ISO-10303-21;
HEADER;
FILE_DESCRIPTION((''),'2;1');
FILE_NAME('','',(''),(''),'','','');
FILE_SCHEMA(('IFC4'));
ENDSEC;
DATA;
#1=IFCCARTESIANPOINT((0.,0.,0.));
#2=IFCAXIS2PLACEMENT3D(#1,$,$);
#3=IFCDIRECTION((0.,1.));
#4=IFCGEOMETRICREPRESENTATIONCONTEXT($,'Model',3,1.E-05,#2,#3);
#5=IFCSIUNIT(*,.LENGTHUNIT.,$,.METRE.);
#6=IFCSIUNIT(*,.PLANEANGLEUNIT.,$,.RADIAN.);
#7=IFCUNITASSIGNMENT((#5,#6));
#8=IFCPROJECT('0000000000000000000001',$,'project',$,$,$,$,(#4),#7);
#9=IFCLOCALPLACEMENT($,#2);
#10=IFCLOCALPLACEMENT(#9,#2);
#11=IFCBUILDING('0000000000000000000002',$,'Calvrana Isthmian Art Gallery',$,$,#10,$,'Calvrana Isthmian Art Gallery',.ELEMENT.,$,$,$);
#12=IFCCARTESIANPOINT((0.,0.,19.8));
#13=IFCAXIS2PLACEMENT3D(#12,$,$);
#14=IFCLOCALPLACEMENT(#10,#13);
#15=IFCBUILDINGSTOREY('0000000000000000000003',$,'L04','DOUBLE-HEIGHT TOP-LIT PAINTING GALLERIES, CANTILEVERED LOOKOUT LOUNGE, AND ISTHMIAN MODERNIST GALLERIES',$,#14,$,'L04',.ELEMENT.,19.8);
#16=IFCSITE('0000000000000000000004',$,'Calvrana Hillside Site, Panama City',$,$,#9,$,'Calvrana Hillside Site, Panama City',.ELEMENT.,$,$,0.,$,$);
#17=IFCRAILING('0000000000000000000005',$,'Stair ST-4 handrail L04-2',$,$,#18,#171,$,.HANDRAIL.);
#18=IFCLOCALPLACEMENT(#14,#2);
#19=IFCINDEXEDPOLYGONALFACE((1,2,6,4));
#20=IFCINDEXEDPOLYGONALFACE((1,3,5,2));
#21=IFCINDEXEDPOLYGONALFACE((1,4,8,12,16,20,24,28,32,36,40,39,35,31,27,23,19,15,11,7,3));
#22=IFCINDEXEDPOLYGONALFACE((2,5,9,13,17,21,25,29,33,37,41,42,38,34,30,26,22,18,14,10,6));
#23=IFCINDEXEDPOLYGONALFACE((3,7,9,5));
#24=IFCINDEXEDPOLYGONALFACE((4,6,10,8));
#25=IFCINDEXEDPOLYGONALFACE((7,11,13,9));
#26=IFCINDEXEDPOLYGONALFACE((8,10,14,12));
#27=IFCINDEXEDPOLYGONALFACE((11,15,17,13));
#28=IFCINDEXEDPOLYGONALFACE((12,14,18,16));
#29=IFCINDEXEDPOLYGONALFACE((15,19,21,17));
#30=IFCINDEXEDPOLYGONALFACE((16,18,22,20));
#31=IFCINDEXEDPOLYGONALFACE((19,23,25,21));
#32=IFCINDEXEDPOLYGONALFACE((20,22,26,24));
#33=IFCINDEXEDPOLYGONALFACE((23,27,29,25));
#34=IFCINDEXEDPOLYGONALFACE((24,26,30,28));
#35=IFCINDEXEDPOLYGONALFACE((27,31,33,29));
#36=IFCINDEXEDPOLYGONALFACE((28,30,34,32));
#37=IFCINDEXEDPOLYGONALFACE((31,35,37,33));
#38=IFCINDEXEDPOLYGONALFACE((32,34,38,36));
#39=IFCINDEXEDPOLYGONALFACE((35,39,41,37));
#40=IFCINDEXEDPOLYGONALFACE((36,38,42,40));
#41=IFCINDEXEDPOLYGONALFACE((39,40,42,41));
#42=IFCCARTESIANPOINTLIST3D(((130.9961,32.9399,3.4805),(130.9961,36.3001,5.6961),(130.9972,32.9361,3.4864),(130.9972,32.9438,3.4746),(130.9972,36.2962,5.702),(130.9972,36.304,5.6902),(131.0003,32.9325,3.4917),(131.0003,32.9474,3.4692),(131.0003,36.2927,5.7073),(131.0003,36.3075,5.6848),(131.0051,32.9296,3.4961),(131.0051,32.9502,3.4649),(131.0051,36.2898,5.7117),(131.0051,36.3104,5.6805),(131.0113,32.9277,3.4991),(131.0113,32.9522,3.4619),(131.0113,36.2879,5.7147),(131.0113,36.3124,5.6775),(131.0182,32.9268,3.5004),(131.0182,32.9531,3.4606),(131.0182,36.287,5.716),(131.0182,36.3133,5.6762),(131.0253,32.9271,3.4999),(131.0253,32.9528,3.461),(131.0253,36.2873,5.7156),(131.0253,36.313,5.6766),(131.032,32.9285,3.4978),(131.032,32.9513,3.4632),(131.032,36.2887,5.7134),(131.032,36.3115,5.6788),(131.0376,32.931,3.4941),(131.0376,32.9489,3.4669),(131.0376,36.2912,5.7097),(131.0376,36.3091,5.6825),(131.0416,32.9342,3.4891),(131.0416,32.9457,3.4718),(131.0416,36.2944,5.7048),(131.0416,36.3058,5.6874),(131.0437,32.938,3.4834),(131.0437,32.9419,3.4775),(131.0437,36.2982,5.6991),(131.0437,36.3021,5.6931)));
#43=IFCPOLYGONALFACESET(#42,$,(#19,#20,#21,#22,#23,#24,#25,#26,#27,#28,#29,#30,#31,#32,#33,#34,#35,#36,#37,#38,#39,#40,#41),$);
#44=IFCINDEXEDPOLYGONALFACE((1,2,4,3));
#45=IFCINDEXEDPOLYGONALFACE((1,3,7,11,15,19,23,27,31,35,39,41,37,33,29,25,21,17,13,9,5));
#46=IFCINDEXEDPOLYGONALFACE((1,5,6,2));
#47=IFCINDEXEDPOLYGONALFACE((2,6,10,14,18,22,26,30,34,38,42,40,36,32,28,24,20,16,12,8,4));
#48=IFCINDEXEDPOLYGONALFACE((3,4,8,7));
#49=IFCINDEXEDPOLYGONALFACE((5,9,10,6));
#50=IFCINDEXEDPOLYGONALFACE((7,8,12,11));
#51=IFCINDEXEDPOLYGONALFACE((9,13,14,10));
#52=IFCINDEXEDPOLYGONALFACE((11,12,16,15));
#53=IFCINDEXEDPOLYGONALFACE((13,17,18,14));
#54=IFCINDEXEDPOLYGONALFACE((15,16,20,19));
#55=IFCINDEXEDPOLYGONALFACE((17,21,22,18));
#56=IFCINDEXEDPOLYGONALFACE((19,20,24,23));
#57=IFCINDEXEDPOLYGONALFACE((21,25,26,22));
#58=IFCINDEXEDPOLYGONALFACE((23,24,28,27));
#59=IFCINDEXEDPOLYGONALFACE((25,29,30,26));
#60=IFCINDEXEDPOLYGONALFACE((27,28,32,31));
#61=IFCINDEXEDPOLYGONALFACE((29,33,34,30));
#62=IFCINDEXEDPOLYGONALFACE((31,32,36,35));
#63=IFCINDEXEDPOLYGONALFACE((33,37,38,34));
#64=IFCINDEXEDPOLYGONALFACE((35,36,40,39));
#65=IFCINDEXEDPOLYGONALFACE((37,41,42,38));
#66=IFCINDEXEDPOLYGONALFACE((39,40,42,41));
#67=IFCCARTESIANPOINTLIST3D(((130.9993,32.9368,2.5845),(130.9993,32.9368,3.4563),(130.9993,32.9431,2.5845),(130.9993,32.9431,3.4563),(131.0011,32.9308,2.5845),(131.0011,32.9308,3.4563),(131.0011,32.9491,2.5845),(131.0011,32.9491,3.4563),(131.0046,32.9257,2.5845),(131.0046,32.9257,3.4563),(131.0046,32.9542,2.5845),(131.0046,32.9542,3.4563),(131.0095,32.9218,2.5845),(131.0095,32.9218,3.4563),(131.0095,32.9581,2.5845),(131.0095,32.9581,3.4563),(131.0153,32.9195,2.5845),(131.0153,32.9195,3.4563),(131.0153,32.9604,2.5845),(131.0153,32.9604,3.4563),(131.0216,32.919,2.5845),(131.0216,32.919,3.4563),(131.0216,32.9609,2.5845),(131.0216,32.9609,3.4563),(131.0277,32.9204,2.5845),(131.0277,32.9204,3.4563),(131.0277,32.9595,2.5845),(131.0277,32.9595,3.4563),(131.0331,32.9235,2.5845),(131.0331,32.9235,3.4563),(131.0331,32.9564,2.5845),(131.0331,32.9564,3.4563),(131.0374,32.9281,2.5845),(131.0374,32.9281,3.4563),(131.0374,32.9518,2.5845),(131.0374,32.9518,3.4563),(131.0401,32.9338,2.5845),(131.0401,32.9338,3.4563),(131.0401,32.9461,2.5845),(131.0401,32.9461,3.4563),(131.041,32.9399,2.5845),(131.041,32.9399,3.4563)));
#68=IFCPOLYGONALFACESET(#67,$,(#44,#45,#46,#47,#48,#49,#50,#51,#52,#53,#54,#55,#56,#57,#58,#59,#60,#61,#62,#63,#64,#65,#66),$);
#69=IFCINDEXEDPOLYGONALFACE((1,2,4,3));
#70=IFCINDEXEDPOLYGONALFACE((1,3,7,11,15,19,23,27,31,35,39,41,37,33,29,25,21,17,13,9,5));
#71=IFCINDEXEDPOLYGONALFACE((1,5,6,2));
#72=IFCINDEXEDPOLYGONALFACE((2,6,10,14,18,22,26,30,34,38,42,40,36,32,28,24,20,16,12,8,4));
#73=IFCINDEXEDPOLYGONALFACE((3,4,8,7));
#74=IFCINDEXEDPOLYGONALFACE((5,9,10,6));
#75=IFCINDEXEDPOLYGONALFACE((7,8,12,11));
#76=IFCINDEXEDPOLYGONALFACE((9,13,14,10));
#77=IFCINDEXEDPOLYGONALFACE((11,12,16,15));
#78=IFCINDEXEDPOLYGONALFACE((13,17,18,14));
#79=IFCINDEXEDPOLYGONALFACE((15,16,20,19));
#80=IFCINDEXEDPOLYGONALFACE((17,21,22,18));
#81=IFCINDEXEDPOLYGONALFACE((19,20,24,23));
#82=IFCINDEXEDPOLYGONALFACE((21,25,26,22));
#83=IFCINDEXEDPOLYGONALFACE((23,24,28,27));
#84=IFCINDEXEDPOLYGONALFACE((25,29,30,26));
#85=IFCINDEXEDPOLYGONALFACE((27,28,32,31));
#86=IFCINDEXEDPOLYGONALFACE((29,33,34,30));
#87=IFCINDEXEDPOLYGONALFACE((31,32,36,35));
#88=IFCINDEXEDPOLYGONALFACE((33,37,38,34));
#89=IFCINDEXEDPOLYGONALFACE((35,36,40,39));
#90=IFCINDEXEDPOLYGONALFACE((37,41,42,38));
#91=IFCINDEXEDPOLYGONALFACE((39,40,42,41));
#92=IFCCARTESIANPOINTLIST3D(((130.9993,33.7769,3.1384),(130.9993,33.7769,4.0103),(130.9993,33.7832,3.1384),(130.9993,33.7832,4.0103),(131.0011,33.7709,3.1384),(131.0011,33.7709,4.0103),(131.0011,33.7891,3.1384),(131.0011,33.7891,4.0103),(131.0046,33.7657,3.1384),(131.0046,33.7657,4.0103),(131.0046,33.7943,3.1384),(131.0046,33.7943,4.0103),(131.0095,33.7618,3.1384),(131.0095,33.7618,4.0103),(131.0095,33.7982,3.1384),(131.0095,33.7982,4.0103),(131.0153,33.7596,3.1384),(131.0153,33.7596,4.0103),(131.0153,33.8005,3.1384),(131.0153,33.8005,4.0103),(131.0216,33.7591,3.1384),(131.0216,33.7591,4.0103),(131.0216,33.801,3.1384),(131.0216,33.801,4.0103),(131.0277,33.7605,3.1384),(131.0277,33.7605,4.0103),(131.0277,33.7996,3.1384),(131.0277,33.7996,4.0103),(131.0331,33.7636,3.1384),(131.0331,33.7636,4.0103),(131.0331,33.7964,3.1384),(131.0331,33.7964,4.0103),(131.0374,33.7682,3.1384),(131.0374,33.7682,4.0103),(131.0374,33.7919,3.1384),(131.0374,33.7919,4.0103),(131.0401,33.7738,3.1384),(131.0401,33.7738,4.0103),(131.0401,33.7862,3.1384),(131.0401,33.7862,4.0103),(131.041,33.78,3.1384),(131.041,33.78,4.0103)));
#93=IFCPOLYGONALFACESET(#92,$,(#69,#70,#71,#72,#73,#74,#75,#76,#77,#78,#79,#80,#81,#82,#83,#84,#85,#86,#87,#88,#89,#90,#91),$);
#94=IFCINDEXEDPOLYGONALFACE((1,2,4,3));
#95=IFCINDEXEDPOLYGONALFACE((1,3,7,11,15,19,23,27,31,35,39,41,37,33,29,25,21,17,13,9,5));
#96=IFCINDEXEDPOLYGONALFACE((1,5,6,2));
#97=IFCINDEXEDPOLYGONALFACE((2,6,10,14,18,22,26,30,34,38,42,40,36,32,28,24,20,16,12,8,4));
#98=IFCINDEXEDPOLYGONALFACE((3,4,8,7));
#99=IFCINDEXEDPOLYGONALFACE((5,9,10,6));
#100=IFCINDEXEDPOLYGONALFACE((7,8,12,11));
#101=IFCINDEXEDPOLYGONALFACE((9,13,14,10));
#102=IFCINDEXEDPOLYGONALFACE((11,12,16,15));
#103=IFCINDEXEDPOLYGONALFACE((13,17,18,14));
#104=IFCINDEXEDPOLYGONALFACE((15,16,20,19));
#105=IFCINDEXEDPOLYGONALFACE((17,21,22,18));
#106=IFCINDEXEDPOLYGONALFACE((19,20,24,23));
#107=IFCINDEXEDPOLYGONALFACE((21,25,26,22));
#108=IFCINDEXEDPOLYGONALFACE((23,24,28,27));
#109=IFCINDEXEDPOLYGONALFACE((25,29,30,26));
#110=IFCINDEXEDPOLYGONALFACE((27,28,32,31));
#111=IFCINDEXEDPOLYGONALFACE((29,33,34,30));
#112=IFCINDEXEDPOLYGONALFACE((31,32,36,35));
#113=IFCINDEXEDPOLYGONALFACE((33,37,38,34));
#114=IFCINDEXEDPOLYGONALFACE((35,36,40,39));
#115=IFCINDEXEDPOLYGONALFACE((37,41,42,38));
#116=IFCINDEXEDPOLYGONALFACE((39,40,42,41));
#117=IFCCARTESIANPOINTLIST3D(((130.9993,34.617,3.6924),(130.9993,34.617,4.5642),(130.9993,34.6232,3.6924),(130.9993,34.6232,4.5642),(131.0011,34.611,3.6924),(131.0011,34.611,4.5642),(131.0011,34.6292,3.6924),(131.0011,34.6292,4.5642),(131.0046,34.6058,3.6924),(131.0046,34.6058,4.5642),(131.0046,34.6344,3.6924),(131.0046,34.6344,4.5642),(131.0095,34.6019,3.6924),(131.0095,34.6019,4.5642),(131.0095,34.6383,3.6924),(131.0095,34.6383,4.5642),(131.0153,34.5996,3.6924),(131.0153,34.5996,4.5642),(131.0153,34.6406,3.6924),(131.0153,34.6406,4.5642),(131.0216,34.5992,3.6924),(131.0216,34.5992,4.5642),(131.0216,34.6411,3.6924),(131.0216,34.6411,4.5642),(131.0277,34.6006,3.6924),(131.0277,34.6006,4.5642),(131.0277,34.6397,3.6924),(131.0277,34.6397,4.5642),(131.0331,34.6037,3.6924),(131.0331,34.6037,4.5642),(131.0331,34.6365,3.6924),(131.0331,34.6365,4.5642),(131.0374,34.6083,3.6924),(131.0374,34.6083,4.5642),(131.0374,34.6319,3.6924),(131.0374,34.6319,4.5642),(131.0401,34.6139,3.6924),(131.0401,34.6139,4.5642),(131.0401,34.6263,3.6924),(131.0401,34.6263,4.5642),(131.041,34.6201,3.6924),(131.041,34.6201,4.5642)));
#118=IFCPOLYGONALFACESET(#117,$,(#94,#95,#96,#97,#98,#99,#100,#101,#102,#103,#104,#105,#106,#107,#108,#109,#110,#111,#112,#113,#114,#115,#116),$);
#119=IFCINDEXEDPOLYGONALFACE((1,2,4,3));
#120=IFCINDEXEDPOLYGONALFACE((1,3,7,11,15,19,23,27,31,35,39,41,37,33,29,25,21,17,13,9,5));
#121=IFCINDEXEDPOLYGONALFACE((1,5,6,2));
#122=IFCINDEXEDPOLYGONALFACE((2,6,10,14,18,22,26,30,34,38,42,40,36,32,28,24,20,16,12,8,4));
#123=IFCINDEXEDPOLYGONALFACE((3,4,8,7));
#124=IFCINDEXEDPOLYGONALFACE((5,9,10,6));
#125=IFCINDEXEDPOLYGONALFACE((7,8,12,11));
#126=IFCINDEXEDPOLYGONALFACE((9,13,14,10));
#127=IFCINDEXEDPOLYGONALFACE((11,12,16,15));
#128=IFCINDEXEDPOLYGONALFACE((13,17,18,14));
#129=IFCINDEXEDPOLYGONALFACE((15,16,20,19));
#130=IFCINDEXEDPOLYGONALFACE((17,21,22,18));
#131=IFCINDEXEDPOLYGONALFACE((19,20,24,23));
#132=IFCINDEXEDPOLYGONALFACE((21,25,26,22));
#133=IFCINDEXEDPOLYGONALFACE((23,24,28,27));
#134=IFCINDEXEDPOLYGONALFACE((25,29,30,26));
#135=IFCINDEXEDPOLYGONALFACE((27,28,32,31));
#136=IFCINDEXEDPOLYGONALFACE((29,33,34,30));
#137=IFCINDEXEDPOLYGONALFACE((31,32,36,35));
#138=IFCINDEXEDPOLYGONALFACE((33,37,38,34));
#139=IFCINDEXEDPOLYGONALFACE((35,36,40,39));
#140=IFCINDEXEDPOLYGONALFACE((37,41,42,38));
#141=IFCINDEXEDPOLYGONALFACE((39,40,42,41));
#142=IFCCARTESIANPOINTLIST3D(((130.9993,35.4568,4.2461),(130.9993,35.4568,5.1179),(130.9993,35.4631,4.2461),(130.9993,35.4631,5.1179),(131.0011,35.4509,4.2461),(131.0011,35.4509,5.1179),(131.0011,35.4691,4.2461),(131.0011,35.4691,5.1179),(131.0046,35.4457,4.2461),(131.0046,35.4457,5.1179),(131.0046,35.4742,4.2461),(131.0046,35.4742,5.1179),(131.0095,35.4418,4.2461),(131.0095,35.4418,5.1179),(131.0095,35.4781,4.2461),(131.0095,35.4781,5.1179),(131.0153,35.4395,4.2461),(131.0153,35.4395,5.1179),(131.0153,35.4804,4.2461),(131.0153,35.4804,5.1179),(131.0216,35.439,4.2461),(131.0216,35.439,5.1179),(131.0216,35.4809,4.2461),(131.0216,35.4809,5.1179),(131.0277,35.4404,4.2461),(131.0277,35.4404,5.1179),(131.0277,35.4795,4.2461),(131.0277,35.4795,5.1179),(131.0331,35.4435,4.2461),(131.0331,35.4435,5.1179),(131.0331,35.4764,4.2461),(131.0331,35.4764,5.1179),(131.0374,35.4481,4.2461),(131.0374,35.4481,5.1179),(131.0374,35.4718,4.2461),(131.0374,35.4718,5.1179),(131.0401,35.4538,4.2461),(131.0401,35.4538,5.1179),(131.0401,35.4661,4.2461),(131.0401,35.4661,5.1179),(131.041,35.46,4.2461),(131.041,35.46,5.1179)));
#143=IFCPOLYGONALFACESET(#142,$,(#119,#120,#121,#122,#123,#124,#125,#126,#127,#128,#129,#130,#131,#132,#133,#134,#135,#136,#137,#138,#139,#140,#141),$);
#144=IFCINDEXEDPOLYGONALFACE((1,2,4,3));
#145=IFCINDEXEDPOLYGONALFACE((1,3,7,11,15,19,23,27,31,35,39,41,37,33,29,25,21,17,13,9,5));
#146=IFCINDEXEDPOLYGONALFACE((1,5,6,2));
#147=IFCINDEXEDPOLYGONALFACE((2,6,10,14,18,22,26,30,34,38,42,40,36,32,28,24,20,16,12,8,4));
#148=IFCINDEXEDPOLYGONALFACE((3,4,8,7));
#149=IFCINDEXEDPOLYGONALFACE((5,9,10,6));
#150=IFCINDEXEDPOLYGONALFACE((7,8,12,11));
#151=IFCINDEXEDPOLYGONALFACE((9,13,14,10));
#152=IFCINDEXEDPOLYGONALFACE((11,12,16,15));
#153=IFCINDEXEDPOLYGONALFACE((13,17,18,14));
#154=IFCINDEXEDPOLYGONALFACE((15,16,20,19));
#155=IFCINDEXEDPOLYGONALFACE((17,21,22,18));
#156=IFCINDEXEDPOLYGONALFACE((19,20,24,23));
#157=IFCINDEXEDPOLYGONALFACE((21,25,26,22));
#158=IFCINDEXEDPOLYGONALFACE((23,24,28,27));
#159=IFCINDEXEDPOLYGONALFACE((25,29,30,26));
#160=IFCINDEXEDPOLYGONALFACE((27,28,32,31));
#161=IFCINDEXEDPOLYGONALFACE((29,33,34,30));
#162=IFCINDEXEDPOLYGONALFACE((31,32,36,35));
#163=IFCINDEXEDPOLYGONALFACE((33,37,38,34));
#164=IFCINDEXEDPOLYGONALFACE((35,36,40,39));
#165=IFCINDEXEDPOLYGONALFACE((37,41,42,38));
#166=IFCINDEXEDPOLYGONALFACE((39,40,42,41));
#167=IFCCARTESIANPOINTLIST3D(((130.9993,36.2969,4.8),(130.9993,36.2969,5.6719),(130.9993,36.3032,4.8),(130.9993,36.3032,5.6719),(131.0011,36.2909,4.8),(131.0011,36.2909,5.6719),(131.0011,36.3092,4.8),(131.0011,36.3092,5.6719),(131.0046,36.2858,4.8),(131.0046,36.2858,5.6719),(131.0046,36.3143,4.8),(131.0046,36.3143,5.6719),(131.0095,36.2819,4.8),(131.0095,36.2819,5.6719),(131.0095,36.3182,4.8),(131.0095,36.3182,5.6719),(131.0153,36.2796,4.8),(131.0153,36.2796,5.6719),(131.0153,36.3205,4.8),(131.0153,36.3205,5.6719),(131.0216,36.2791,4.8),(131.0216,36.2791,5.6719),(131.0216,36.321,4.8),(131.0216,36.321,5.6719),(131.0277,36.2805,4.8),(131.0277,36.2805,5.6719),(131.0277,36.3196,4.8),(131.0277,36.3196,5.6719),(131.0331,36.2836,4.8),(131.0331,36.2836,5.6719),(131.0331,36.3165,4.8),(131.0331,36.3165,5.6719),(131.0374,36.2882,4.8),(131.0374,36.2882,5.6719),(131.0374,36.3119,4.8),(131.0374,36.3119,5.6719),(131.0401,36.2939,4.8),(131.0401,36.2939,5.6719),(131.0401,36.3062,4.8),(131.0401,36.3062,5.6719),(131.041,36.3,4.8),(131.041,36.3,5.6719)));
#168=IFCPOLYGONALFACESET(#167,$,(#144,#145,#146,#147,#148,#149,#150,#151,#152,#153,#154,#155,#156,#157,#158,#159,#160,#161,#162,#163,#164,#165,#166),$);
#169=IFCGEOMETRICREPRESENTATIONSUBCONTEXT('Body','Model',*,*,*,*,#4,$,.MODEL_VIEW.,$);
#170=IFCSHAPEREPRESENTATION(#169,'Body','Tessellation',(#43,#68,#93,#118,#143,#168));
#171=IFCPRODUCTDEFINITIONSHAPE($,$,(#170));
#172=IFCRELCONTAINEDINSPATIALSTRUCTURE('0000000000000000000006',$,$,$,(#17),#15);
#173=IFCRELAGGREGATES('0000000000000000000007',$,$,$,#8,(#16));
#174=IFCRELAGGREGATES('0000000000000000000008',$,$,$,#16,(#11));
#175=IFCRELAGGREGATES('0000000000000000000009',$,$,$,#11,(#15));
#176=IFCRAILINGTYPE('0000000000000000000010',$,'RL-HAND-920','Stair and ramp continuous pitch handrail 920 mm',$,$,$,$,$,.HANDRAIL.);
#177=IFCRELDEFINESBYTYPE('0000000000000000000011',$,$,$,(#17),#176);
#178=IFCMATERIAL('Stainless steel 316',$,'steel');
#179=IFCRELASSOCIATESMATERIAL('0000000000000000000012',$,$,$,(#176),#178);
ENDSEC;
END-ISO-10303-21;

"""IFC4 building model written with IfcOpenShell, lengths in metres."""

from ifc_helpers import new_model, si_unit, direction, frame, origin, origin_2d, place, context, subcontext, project, spatial, circle, extrude, material, type_object, element, save


model = new_model("IFC4")

# Units and contexts
model_context = context("Model", 3, precision=1e-05, world=origin(), true_north=direction((0.0, 1.0)))
body_context = subcontext(model_context, "Body", "Model", "MODEL_VIEW")
ifc_project = project(units=[si_unit("LENGTHUNIT", "METRE"), si_unit("PLANEANGLEUNIT", "RADIAN")], contexts=[model_context])

# Site, building, storey
site_placement = place(None, origin())
site = spatial("IfcSite", under=ifc_project, at=site_placement, Name="Calvrana Hillside Site, Panama City", LongName="Calvrana Hillside Site, Panama City", CompositionType="ELEMENT", RefElevation=0.0)
building_placement = place(site_placement, origin())
building = spatial("IfcBuilding", under=site, at=building_placement, Name="Calvrana Isthmian Art Gallery", LongName="Calvrana Isthmian Art Gallery", CompositionType="ELEMENT")
storey_placement = place(building_placement, frame((0.0, 0.0, 19.8)))
storey = spatial("IfcBuildingStorey", under=building, at=storey_placement, Name="L04", Description="DOUBLE-HEIGHT TOP-LIT PAINTING GALLERIES, CANTILEVERED LOOKOUT LOUNGE, AND ISTHMIAN MODERNIST GALLERIES", LongName="L04", CompositionType="ELEMENT", Elevation=19.8)

# Shared definitions
ifc_material_1 = material(Name="Stainless steel 316", Category="steel")

# Railing
railing_type_1 = type_object("IfcRailingType", Name="RL-HAND-920", Description="Stair and ramp continuous pitch handrail 920 mm", PredefinedType="HANDRAIL", material=ifc_material_1)
railing_1_placement = place(storey_placement, frame((131.02, 32.9399, 2.5845)))
element("IfcRailing", 1, at=railing_1_placement, inside=storey, type_object=railing_type_1, Name="Stair ST-4 handrail L04-2", PredefinedType="HANDRAIL", context=body_context, shape_type="SweptSolid", body=[
    extrude(circle(Radius=0.0239, at=origin_2d()), frame((0.0, 0.0, 0.896), z_axis=(0.0, 0.834849, 0.55048), x_axis=(-1.0, 0.0, 0.0)), (0.0, 0.0, 1.0), 4.0249),
    extrude(circle(Radius=0.021, at=origin_2d()), origin(), (0.0, 0.0, 1.0), 0.8718),
    extrude(circle(Radius=0.021, at=origin_2d()), frame((0.0, 0.8401, 0.554)), (0.0, 0.0, 1.0), 0.8718),
    extrude(circle(Radius=0.021, at=origin_2d()), frame((0.0, 1.6802, 1.1079)), (0.0, 0.0, 1.0), 0.8718),
    extrude(circle(Radius=0.021, at=origin_2d()), frame((0.0, 2.52, 1.6616)), (0.0, 0.0, 1.0), 0.8718),
    extrude(circle(Radius=0.021, at=origin_2d()), frame((0.0, 3.3601, 2.2156)), (0.0, 0.0, 1.0), 0.8718),
])

save(model, "model.ifc")
